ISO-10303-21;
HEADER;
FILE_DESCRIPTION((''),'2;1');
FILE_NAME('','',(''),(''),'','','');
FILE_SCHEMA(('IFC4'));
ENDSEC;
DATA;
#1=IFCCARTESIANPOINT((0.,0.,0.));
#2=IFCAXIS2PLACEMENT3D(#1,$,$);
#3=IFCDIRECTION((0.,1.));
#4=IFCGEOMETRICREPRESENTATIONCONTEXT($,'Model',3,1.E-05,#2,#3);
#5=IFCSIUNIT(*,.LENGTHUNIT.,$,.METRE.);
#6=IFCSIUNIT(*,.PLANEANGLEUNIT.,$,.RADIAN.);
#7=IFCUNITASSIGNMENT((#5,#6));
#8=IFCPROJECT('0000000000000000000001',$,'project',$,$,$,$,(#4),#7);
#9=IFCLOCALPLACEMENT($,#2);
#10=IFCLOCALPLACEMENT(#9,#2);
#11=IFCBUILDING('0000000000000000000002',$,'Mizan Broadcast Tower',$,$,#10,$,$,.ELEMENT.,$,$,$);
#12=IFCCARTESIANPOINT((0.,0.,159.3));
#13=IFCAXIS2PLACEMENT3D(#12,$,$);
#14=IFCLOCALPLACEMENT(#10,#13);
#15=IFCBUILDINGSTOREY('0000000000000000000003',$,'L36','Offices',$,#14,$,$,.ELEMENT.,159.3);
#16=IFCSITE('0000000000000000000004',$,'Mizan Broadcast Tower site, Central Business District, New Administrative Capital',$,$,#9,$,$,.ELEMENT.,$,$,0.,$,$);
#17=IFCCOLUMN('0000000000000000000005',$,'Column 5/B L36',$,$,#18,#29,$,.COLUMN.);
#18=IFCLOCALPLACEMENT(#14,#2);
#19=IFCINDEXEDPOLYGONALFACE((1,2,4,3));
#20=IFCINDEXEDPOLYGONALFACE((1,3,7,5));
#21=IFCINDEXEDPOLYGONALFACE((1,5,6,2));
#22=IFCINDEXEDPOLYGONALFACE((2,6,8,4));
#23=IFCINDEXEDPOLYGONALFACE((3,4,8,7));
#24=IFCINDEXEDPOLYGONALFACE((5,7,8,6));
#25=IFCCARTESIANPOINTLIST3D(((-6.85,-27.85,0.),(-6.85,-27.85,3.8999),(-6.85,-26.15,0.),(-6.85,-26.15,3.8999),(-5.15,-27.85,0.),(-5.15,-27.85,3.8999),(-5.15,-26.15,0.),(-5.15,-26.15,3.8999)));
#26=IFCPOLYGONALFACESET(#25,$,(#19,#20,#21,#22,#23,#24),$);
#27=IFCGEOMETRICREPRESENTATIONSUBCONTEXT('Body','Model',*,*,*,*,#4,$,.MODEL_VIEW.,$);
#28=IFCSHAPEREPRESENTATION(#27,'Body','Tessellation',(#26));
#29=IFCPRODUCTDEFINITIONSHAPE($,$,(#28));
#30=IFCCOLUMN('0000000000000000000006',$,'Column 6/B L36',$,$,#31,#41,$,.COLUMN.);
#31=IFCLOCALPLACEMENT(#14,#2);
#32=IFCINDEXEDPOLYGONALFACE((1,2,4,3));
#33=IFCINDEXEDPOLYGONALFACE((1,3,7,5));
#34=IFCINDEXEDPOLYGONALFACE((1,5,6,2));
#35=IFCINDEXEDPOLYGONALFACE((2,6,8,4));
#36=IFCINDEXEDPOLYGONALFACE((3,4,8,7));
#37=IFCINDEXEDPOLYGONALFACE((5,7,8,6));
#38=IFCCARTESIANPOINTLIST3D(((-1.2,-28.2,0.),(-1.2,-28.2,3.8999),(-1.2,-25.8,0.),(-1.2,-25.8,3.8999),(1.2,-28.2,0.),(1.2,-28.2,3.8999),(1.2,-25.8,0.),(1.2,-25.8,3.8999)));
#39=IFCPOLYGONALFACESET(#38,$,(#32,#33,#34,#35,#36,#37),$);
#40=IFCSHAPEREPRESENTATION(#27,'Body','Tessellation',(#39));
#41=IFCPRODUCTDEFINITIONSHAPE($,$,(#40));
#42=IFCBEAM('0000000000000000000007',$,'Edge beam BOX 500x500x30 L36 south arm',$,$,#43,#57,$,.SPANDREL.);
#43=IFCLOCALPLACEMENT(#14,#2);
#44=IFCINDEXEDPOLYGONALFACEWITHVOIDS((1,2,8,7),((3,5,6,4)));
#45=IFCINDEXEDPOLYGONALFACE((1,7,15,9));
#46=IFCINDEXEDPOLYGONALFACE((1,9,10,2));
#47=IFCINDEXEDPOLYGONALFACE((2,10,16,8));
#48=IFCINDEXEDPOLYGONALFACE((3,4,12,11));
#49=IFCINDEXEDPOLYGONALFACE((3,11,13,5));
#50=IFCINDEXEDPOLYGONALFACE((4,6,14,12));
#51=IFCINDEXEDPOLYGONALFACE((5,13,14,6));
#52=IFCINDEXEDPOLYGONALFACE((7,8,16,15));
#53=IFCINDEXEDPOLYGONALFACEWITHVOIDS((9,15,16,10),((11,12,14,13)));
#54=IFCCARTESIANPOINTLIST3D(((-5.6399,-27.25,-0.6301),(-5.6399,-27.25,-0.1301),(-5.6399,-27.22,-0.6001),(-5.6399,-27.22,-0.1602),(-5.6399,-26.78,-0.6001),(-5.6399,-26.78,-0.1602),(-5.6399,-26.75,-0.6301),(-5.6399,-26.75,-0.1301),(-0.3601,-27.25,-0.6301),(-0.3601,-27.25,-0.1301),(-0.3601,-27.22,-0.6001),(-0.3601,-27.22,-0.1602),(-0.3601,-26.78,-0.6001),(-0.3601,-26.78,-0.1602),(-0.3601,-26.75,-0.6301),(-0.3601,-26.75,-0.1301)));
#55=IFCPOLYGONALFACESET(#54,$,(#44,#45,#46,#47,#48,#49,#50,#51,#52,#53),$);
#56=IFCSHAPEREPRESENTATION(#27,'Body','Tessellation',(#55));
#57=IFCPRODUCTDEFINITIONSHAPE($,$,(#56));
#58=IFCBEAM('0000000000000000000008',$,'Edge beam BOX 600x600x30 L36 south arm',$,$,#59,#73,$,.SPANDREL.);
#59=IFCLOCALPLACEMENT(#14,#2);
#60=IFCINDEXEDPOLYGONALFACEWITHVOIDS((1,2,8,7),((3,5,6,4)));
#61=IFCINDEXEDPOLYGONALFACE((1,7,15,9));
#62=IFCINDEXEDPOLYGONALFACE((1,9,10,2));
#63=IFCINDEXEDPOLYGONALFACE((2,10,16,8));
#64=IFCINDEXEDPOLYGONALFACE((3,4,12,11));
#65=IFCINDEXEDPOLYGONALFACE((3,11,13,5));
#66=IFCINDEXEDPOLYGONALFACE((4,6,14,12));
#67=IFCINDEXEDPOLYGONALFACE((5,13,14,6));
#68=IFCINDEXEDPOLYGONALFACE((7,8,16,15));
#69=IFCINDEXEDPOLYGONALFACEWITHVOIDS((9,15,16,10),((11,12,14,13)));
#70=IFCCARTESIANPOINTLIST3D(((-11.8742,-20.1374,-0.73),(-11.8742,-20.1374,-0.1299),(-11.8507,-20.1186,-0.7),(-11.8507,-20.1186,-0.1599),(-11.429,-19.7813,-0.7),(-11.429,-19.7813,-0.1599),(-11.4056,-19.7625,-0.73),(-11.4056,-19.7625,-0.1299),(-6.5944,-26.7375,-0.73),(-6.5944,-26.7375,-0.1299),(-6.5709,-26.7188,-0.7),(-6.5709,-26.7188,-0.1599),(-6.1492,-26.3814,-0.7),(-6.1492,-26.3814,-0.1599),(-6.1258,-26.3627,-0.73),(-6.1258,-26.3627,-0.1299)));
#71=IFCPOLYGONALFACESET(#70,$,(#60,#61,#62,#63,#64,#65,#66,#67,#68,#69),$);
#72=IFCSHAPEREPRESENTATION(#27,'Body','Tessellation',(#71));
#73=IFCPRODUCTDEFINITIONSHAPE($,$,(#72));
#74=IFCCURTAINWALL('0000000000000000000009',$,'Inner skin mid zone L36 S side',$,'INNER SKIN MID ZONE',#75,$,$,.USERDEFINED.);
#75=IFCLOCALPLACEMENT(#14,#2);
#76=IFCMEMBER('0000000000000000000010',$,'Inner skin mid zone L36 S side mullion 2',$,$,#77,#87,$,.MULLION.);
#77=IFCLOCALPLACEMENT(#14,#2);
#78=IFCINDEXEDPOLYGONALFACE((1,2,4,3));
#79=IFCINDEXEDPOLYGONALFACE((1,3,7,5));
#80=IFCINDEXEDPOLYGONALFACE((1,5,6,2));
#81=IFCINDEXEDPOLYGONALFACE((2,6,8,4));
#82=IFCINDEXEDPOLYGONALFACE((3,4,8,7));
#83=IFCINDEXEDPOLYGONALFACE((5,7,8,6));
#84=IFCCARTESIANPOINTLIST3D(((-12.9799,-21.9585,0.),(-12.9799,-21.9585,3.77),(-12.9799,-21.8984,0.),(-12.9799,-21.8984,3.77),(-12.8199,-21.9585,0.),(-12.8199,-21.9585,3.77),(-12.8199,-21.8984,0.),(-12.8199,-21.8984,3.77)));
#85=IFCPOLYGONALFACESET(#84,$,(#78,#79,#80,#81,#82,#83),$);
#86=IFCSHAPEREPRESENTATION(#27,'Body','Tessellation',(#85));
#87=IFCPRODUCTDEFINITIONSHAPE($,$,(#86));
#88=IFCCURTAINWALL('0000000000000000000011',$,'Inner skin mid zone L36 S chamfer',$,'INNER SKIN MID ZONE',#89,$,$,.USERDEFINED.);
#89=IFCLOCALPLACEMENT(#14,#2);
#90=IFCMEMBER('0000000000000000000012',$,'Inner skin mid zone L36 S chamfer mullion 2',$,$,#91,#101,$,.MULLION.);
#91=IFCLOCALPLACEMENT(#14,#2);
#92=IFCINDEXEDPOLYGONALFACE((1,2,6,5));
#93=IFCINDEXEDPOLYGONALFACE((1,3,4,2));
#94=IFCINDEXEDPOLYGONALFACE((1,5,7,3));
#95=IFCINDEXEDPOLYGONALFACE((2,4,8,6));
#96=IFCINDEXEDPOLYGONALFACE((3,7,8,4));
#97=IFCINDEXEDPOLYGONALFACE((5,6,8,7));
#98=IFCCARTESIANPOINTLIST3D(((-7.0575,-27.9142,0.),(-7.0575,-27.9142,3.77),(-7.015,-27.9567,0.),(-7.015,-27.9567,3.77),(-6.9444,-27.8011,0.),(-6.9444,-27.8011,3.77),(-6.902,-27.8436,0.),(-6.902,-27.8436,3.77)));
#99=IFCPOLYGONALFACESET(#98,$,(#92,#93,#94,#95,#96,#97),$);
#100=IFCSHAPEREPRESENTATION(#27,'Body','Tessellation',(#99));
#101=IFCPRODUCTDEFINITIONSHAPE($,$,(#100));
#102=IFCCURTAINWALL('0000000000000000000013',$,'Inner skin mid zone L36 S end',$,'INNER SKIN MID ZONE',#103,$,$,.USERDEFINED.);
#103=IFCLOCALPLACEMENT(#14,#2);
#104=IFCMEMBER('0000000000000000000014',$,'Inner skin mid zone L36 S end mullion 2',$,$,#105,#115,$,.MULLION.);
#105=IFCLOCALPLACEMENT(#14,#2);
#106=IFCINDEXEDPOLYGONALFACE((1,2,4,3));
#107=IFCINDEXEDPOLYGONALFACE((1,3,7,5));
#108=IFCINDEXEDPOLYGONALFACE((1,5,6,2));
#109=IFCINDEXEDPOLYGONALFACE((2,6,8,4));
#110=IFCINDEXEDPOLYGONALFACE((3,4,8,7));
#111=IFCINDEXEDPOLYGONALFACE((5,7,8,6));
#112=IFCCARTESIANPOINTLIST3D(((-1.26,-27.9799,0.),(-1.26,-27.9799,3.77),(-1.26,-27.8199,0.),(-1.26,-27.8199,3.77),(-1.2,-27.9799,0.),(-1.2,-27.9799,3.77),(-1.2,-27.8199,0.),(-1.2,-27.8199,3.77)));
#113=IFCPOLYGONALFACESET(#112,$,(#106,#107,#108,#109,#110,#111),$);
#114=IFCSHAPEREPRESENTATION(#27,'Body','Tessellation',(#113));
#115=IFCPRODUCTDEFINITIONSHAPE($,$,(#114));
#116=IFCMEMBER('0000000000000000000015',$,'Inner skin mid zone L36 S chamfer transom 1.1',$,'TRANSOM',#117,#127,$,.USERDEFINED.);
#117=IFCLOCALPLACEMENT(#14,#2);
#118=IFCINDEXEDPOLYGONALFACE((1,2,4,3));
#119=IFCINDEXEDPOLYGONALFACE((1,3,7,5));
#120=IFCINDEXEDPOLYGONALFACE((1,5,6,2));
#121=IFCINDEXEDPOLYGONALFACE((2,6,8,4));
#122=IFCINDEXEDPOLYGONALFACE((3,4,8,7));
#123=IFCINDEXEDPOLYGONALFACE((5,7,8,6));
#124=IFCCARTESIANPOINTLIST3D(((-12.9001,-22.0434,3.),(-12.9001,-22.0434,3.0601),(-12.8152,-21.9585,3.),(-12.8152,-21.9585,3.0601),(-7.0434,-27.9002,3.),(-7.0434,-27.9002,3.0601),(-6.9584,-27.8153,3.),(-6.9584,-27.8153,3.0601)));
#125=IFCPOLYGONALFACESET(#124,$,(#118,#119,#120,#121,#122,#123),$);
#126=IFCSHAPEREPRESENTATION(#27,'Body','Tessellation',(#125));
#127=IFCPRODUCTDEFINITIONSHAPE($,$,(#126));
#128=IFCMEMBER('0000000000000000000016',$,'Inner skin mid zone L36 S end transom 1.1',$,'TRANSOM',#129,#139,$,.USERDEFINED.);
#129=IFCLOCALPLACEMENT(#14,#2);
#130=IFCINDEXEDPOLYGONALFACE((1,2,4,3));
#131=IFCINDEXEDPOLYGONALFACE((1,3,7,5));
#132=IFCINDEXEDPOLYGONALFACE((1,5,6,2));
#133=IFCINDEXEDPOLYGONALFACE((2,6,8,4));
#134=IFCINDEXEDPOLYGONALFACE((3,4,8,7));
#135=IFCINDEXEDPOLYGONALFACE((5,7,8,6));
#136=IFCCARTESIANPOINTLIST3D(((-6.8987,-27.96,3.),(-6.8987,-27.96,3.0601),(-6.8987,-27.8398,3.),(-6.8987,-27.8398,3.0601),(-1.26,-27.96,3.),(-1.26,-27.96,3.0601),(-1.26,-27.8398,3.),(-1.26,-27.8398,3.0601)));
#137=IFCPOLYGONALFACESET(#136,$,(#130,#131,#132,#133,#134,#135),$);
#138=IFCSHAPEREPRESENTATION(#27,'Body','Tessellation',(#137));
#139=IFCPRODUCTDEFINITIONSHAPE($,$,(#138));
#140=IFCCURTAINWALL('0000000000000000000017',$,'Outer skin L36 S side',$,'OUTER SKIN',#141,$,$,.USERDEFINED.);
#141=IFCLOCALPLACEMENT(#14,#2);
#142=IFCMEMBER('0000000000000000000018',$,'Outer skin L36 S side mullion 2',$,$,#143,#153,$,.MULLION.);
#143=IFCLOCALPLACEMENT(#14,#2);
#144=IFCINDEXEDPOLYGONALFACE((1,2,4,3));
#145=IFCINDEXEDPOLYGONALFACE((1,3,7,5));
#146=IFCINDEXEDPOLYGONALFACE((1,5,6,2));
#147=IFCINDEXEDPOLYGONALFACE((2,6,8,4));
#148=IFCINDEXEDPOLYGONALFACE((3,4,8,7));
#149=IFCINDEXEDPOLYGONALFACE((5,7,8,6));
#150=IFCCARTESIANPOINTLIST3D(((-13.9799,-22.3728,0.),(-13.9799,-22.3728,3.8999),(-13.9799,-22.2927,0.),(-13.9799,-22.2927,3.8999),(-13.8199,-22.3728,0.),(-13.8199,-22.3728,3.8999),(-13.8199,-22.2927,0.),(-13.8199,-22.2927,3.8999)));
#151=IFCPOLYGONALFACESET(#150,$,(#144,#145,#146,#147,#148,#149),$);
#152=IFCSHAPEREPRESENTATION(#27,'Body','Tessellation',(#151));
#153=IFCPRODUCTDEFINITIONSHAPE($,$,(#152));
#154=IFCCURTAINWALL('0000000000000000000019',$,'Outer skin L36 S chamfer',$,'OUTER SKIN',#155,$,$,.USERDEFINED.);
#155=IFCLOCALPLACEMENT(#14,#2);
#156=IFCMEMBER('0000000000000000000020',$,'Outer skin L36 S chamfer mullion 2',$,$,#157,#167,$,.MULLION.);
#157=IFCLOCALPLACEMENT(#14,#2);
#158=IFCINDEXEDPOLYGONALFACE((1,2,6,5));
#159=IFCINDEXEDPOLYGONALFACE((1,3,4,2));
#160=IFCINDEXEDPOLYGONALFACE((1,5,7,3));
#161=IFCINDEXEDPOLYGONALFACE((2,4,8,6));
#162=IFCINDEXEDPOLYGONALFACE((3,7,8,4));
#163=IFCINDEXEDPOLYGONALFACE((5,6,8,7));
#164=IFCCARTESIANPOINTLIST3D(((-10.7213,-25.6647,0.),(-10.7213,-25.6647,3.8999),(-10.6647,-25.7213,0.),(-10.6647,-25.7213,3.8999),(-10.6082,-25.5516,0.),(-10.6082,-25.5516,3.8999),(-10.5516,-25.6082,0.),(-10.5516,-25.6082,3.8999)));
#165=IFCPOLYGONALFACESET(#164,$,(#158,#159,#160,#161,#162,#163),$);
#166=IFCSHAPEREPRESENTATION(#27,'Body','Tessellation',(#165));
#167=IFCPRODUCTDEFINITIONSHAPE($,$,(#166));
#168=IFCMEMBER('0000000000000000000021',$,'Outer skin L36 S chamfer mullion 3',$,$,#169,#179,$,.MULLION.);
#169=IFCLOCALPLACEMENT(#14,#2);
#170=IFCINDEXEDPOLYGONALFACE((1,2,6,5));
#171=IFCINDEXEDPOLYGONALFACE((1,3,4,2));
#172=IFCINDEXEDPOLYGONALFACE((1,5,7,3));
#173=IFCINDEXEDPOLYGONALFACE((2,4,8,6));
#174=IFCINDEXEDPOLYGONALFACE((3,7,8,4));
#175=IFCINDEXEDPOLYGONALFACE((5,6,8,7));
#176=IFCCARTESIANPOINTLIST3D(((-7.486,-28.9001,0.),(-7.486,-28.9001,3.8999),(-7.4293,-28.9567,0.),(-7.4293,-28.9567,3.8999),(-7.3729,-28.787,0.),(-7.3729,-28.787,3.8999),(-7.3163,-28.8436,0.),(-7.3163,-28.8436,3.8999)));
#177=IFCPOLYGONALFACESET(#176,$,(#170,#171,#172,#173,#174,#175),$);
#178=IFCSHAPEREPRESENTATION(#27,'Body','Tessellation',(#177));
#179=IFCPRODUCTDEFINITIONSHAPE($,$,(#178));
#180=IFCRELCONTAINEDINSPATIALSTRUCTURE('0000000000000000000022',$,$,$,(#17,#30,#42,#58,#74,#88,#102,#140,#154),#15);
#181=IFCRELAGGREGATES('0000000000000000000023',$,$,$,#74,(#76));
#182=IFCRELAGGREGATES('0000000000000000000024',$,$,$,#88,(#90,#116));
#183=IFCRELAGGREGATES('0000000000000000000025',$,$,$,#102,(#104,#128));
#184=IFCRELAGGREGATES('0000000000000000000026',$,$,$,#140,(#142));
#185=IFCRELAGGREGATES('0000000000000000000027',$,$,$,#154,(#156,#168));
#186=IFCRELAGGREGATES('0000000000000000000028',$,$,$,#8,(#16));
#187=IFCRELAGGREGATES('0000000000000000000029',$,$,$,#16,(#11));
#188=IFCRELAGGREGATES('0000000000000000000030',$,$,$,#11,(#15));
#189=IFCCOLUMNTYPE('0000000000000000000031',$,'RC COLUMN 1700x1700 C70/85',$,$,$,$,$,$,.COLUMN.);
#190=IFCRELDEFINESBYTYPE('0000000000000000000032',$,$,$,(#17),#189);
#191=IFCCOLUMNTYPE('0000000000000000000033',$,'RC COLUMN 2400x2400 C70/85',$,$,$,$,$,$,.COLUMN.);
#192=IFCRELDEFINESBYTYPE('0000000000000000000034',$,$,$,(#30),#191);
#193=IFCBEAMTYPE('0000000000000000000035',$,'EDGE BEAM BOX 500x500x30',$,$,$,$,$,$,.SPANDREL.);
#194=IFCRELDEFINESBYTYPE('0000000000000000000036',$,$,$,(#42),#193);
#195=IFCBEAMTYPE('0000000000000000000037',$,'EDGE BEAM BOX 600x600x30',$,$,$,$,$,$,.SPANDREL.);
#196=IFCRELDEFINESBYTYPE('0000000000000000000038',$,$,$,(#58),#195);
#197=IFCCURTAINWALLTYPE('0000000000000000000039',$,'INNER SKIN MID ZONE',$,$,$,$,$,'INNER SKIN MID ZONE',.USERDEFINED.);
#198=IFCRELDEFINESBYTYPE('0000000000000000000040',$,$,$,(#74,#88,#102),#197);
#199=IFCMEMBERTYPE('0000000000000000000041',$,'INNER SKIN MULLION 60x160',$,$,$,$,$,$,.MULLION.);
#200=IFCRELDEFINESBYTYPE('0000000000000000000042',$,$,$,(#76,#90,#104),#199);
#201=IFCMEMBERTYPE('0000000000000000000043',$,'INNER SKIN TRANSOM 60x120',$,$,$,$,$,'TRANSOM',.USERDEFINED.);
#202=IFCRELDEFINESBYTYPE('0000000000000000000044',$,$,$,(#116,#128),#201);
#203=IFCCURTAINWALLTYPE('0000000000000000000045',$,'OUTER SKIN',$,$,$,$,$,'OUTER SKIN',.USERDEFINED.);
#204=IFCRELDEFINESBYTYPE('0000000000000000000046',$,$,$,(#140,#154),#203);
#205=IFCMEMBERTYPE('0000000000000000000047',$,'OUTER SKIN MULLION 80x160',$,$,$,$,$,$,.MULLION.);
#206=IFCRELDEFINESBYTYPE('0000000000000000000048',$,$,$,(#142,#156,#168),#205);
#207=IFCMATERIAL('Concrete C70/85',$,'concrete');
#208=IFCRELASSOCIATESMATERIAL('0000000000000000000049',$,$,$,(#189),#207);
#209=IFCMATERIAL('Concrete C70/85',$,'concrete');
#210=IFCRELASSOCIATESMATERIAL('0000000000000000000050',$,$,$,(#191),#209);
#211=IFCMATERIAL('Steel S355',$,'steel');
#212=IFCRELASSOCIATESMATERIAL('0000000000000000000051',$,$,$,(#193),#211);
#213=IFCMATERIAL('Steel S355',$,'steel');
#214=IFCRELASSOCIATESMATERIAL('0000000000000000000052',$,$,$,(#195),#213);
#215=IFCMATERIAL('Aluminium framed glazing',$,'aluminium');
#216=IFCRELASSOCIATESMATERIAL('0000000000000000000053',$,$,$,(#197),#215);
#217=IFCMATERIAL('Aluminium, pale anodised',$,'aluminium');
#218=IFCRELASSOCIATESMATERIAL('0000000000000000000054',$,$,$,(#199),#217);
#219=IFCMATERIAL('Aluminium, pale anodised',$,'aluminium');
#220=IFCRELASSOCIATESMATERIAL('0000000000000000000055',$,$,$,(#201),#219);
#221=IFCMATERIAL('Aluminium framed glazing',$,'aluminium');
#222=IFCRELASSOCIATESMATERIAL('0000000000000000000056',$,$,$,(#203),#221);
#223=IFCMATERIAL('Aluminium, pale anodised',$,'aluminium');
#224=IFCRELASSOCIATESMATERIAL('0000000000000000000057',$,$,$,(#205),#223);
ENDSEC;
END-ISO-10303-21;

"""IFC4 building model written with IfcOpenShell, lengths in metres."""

from ifc_helpers import new_model, si_unit, direction, frame, origin, origin_2d, place, context, subcontext, project, spatial, rectangle, hollow_rectangle, extrude, material, material_profile, profile_set, type_object, element, aggregate, save


model = new_model("IFC4")

# Units and contexts
model_context = context("Model", 3, precision=1e-05, world=origin(), true_north=direction((0.0, 1.0)))
body_context = subcontext(model_context, "Body", "Model", "MODEL_VIEW")
ifc_project = project(units=[si_unit("LENGTHUNIT", "METRE"), si_unit("PLANEANGLEUNIT", "RADIAN")], contexts=[model_context])

# Site, building, storey
site_placement = place(None, origin())
site = spatial("IfcSite", under=ifc_project, at=site_placement, Name="Mizan Broadcast Tower site, Central Business District, New Administrative Capital", CompositionType="ELEMENT", RefElevation=0.0)
building_placement = place(site_placement, origin())
building = spatial("IfcBuilding", under=site, at=building_placement, Name="Mizan Broadcast Tower", CompositionType="ELEMENT")
storey_placement = place(building_placement, frame((0.0, 0.0, 159.3)))
storey = spatial("IfcBuildingStorey", under=building, at=storey_placement, Name="L36", Description="Offices", CompositionType="ELEMENT", Elevation=159.3)

# Columns
ifc_material_1 = material(Name="Concrete C70/85", Category="concrete")
ifc_material_profile_1 = material_profile(ifc_material_1, rectangle(XDim=1.7, YDim=1.7, at=origin_2d()), Name="RC 1700x1700")
ifc_profile_set_1 = profile_set([ifc_material_profile_1], Name="Concrete C70/85")
column_type_1 = type_object("IfcColumnType", Name="RC COLUMN 1700x1700 C70/85", PredefinedType="COLUMN", material=ifc_profile_set_1)
column_1_placement = place(storey_placement, frame((-6.0, -27.0, 0.0), z_axis=(0.0, 0.0, 1.0), x_axis=(1.0, 0.0, 0.0)))
element("IfcColumn", 1, at=column_1_placement, inside=storey, type_object=column_type_1, Name="Column 5/B L36", PredefinedType="COLUMN", context=body_context, shape_type="SweptSolid", body=[
    extrude(rectangle(XDim=1.7, YDim=1.7, at=origin_2d()), origin(), (0.0, 0.0, 1.0), 3.8999),
])
ifc_material_2 = material(Name="Concrete C70/85", Category="concrete")
ifc_material_profile_2 = material_profile(ifc_material_2, rectangle(XDim=2.3999, YDim=2.3999, at=origin_2d()), Name="RC 2400x2400")
ifc_profile_set_2 = profile_set([ifc_material_profile_2], Name="Concrete C70/85")
column_type_2 = type_object("IfcColumnType", Name="RC COLUMN 2400x2400 C70/85", PredefinedType="COLUMN", material=ifc_profile_set_2)
column_2_placement = place(storey_placement, frame((0.0, -27.0, 0.0), z_axis=(0.0, 0.0, 1.0), x_axis=(1.0, 0.0, 0.0)))
element("IfcColumn", 2, at=column_2_placement, inside=storey, type_object=column_type_2, Name="Column 6/B L36", PredefinedType="COLUMN", context=body_context, shape_type="SweptSolid", body=[
    extrude(rectangle(XDim=2.3999, YDim=2.3999, at=origin_2d()), origin(), (0.0, 0.0, 1.0), 3.8999),
])

# Beams
ifc_material_3 = material(Name="Steel S355", Category="steel")
ifc_material_profile_3 = material_profile(ifc_material_3, hollow_rectangle(XDim=0.5, YDim=0.5, WallThickness=0.03, at=origin_2d()), Name="BOX 500x500x30")
ifc_profile_set_3 = profile_set([ifc_material_profile_3], Name="Steel S355")
beam_type_1 = type_object("IfcBeamType", Name="EDGE BEAM BOX 500x500x30", PredefinedType="SPANDREL", material=ifc_profile_set_3)
beam_1_placement = place(storey_placement, frame((-5.6399, -27.0, -0.3801), z_axis=(1.0, 0.0, 0.0), x_axis=(0.0, 1.0, 0.0)))
element("IfcBeam", 3, at=beam_1_placement, inside=storey, type_object=beam_type_1, Name="Edge beam BOX 500x500x30 L36 south arm", PredefinedType="SPANDREL", context=body_context, shape_type="SweptSolid", body=[
    extrude(hollow_rectangle(XDim=0.5, YDim=0.5, WallThickness=0.03, at=origin_2d()), origin(), (0.0, 0.0, 1.0), 5.2798),
])
ifc_material_4 = material(Name="Steel S355", Category="steel")
ifc_material_profile_4 = material_profile(ifc_material_4, hollow_rectangle(XDim=0.6001, YDim=0.6001, WallThickness=0.03, at=origin_2d()), Name="BOX 600x600x30")
ifc_profile_set_4 = profile_set([ifc_material_profile_4], Name="Steel S355")
beam_type_2 = type_object("IfcBeamType", Name="EDGE BEAM BOX 600x600x30", PredefinedType="SPANDREL", material=ifc_profile_set_4)
beam_2_placement = place(storey_placement, frame((-11.6399, -19.95, -0.4299), z_axis=(0.624674, -0.780886, 0.0), x_axis=(0.780886, 0.624674, 0.0)))
element("IfcBeam", 4, at=beam_2_placement, inside=storey, type_object=beam_type_2, Name="Edge beam BOX 600x600x30 L36 south arm", PredefinedType="SPANDREL", context=body_context, shape_type="SweptSolid", body=[
    extrude(hollow_rectangle(XDim=0.6001, YDim=0.6001, WallThickness=0.03, at=origin_2d()), origin(), (0.0, 0.0, 1.0), 8.4521),
])

# Curtain walls, members
ifc_material_5 = material(Name="Aluminium framed glazing", Category="aluminium")
curtain_wall_type_1 = type_object("IfcCurtainWallType", Name="INNER SKIN MID ZONE", ElementType="INNER SKIN MID ZONE", PredefinedType="USERDEFINED", material=ifc_material_5)
curtain_wall_1_placement = place(storey_placement, origin())
curtain_wall_1 = element("IfcCurtainWall", 5, at=curtain_wall_1_placement, inside=storey, type_object=curtain_wall_type_1, Name="Inner skin mid zone L36 S side", ObjectType="INNER SKIN MID ZONE", PredefinedType="USERDEFINED")
ifc_material_6 = material(Name="Aluminium, pale anodised", Category="aluminium")
ifc_material_profile_5 = material_profile(ifc_material_6, rectangle(XDim=0.1599, YDim=0.0601, at=origin_2d()), Name="MULLION 160x60")
ifc_profile_set_5 = profile_set([ifc_material_profile_5], Name="Aluminium, pale anodised")
member_type_1 = type_object("IfcMemberType", Name="INNER SKIN MULLION 60x160", PredefinedType="MULLION", material=ifc_profile_set_5)
member_1_placement = place(storey_placement, frame((-12.8999, -21.9285, 0.0), z_axis=(0.0, 0.0, 1.0), x_axis=(1.0, 0.0, 0.0)))
member_1 = element("IfcMember", 6, at=member_1_placement, type_object=member_type_1, Name="Inner skin mid zone L36 S side mullion 2", PredefinedType="MULLION", context=body_context, shape_type="SweptSolid", body=[
    extrude(rectangle(XDim=0.1599, YDim=0.0601, at=origin_2d()), origin(), (0.0, 0.0, 1.0), 3.77),
])
curtain_wall_2_placement = place(storey_placement, origin())
curtain_wall_2 = element("IfcCurtainWall", 7, at=curtain_wall_2_placement, inside=storey, type_object=curtain_wall_type_1, Name="Inner skin mid zone L36 S chamfer", ObjectType="INNER SKIN MID ZONE", PredefinedType="USERDEFINED")
member_2_placement = place(storey_placement, frame((-6.9797, -27.8789, 0.0), z_axis=(0.0, 0.0, 1.0), x_axis=(0.707107, 0.707107, 0.0)))
member_2 = element("IfcMember", 8, at=member_2_placement, type_object=member_type_1, Name="Inner skin mid zone L36 S chamfer mullion 2", PredefinedType="MULLION", context=body_context, shape_type="SweptSolid", body=[
    extrude(rectangle(XDim=0.1599, YDim=0.0601, at=origin_2d()), origin(), (0.0, 0.0, 1.0), 3.77),
])
curtain_wall_3_placement = place(storey_placement, origin())
curtain_wall_3 = element("IfcCurtainWall", 9, at=curtain_wall_3_placement, inside=storey, type_object=curtain_wall_type_1, Name="Inner skin mid zone L36 S end", ObjectType="INNER SKIN MID ZONE", PredefinedType="USERDEFINED")
member_3_placement = place(storey_placement, frame((-1.23, -27.8999, 0.0), z_axis=(0.0, 0.0, 1.0), x_axis=(0.0, 1.0, 0.0)))
member_3 = element("IfcMember", 10, at=member_3_placement, type_object=member_type_1, Name="Inner skin mid zone L36 S end mullion 2", PredefinedType="MULLION", context=body_context, shape_type="SweptSolid", body=[
    extrude(rectangle(XDim=0.1599, YDim=0.0601, at=origin_2d()), origin(), (0.0, 0.0, 1.0), 3.77),
])

# Members
ifc_material_7 = material(Name="Aluminium, pale anodised", Category="aluminium")
ifc_material_profile_6 = material_profile(ifc_material_7, rectangle(XDim=0.1201, YDim=0.0601, at=origin_2d()), Name="TRANSOM 120x60")
ifc_profile_set_6 = profile_set([ifc_material_profile_6], Name="Aluminium, pale anodised")
member_type_2 = type_object("IfcMemberType", Name="INNER SKIN TRANSOM 60x120", ElementType="TRANSOM", PredefinedType="USERDEFINED", material=ifc_profile_set_6)
member_4_placement = place(storey_placement, frame((-12.8577, -22.001, 3.03), z_axis=(0.707107, -0.707107, 0.0), x_axis=(0.707107, 0.707107, 0.0)))
member_4 = element("IfcMember", 11, at=member_4_placement, type_object=member_type_2, Name="Inner skin mid zone L36 S chamfer transom 1.1", ObjectType="TRANSOM", PredefinedType="USERDEFINED", context=body_context, shape_type="SweptSolid", body=[
    extrude(rectangle(XDim=0.1201, YDim=0.0601, at=origin_2d()), origin(), (0.0, 0.0, 1.0), 8.2827),
])
member_5_placement = place(storey_placement, frame((-6.8987, -27.8999, 3.03), z_axis=(1.0, 0.0, 0.0), x_axis=(0.0, 1.0, 0.0)))
member_5 = element("IfcMember", 12, at=member_5_placement, type_object=member_type_2, Name="Inner skin mid zone L36 S end transom 1.1", ObjectType="TRANSOM", PredefinedType="USERDEFINED", context=body_context, shape_type="SweptSolid", body=[
    extrude(rectangle(XDim=0.1201, YDim=0.0601, at=origin_2d()), origin(), (0.0, 0.0, 1.0), 5.6387),
])

# Curtain wall, member
ifc_material_8 = material(Name="Aluminium framed glazing", Category="aluminium")
curtain_wall_type_2 = type_object("IfcCurtainWallType", Name="OUTER SKIN", ElementType="OUTER SKIN", PredefinedType="USERDEFINED", material=ifc_material_8)
curtain_wall_4_placement = place(storey_placement, origin())
curtain_wall_4 = element("IfcCurtainWall", 13, at=curtain_wall_4_placement, inside=storey, type_object=curtain_wall_type_2, Name="Outer skin L36 S side", ObjectType="OUTER SKIN", PredefinedType="USERDEFINED")
ifc_material_9 = material(Name="Aluminium, pale anodised", Category="aluminium")
ifc_material_profile_7 = material_profile(ifc_material_9, rectangle(XDim=0.1599, YDim=0.0801, at=origin_2d()), Name="MULLION 160x80")
ifc_profile_set_7 = profile_set([ifc_material_profile_7], Name="Aluminium, pale anodised")
member_type_3 = type_object("IfcMemberType", Name="OUTER SKIN MULLION 80x160", PredefinedType="MULLION", material=ifc_profile_set_7)
member_6_placement = place(storey_placement, frame((-13.8999, -22.3328, 0.0), z_axis=(0.0, 0.0, 1.0), x_axis=(1.0, 0.0, 0.0)))
member_6 = element("IfcMember", 14, at=member_6_placement, type_object=member_type_3, Name="Outer skin L36 S side mullion 2", PredefinedType="MULLION", context=body_context, shape_type="SweptSolid", body=[
    extrude(rectangle(XDim=0.1599, YDim=0.0801, at=origin_2d()), origin(), (0.0, 0.0, 1.0), 3.8999),
])

# Curtain wall, members
curtain_wall_5_placement = place(storey_placement, origin())
curtain_wall_5 = element("IfcCurtainWall", 15, at=curtain_wall_5_placement, inside=storey, type_object=curtain_wall_type_2, Name="Outer skin L36 S chamfer", ObjectType="OUTER SKIN", PredefinedType="USERDEFINED")
member_7_placement = place(storey_placement, frame((-10.6365, -25.6365, 0.0), z_axis=(0.0, 0.0, 1.0), x_axis=(0.707107, 0.707107, 0.0)))
member_7 = element("IfcMember", 16, at=member_7_placement, type_object=member_type_3, Name="Outer skin L36 S chamfer mullion 2", PredefinedType="MULLION", context=body_context, shape_type="SweptSolid", body=[
    extrude(rectangle(XDim=0.1599, YDim=0.0801, at=origin_2d()), origin(), (0.0, 0.0, 1.0), 3.8999),
])
member_8_placement = place(storey_placement, frame((-7.4011, -28.8718, 0.0), z_axis=(0.0, 0.0, 1.0), x_axis=(0.707107, 0.707107, 0.0)))
member_8 = element("IfcMember", 17, at=member_8_placement, type_object=member_type_3, Name="Outer skin L36 S chamfer mullion 3", PredefinedType="MULLION", context=body_context, shape_type="SweptSolid", body=[
    extrude(rectangle(XDim=0.1599, YDim=0.0801, at=origin_2d()), origin(), (0.0, 0.0, 1.0), 3.8999),
])

aggregate(curtain_wall_1, [member_1])
aggregate(curtain_wall_2, [member_2, member_4])
aggregate(curtain_wall_3, [member_3, member_5])
aggregate(curtain_wall_4, [member_6])
aggregate(curtain_wall_5, [member_7, member_8])

save(model, "model.ifc")
